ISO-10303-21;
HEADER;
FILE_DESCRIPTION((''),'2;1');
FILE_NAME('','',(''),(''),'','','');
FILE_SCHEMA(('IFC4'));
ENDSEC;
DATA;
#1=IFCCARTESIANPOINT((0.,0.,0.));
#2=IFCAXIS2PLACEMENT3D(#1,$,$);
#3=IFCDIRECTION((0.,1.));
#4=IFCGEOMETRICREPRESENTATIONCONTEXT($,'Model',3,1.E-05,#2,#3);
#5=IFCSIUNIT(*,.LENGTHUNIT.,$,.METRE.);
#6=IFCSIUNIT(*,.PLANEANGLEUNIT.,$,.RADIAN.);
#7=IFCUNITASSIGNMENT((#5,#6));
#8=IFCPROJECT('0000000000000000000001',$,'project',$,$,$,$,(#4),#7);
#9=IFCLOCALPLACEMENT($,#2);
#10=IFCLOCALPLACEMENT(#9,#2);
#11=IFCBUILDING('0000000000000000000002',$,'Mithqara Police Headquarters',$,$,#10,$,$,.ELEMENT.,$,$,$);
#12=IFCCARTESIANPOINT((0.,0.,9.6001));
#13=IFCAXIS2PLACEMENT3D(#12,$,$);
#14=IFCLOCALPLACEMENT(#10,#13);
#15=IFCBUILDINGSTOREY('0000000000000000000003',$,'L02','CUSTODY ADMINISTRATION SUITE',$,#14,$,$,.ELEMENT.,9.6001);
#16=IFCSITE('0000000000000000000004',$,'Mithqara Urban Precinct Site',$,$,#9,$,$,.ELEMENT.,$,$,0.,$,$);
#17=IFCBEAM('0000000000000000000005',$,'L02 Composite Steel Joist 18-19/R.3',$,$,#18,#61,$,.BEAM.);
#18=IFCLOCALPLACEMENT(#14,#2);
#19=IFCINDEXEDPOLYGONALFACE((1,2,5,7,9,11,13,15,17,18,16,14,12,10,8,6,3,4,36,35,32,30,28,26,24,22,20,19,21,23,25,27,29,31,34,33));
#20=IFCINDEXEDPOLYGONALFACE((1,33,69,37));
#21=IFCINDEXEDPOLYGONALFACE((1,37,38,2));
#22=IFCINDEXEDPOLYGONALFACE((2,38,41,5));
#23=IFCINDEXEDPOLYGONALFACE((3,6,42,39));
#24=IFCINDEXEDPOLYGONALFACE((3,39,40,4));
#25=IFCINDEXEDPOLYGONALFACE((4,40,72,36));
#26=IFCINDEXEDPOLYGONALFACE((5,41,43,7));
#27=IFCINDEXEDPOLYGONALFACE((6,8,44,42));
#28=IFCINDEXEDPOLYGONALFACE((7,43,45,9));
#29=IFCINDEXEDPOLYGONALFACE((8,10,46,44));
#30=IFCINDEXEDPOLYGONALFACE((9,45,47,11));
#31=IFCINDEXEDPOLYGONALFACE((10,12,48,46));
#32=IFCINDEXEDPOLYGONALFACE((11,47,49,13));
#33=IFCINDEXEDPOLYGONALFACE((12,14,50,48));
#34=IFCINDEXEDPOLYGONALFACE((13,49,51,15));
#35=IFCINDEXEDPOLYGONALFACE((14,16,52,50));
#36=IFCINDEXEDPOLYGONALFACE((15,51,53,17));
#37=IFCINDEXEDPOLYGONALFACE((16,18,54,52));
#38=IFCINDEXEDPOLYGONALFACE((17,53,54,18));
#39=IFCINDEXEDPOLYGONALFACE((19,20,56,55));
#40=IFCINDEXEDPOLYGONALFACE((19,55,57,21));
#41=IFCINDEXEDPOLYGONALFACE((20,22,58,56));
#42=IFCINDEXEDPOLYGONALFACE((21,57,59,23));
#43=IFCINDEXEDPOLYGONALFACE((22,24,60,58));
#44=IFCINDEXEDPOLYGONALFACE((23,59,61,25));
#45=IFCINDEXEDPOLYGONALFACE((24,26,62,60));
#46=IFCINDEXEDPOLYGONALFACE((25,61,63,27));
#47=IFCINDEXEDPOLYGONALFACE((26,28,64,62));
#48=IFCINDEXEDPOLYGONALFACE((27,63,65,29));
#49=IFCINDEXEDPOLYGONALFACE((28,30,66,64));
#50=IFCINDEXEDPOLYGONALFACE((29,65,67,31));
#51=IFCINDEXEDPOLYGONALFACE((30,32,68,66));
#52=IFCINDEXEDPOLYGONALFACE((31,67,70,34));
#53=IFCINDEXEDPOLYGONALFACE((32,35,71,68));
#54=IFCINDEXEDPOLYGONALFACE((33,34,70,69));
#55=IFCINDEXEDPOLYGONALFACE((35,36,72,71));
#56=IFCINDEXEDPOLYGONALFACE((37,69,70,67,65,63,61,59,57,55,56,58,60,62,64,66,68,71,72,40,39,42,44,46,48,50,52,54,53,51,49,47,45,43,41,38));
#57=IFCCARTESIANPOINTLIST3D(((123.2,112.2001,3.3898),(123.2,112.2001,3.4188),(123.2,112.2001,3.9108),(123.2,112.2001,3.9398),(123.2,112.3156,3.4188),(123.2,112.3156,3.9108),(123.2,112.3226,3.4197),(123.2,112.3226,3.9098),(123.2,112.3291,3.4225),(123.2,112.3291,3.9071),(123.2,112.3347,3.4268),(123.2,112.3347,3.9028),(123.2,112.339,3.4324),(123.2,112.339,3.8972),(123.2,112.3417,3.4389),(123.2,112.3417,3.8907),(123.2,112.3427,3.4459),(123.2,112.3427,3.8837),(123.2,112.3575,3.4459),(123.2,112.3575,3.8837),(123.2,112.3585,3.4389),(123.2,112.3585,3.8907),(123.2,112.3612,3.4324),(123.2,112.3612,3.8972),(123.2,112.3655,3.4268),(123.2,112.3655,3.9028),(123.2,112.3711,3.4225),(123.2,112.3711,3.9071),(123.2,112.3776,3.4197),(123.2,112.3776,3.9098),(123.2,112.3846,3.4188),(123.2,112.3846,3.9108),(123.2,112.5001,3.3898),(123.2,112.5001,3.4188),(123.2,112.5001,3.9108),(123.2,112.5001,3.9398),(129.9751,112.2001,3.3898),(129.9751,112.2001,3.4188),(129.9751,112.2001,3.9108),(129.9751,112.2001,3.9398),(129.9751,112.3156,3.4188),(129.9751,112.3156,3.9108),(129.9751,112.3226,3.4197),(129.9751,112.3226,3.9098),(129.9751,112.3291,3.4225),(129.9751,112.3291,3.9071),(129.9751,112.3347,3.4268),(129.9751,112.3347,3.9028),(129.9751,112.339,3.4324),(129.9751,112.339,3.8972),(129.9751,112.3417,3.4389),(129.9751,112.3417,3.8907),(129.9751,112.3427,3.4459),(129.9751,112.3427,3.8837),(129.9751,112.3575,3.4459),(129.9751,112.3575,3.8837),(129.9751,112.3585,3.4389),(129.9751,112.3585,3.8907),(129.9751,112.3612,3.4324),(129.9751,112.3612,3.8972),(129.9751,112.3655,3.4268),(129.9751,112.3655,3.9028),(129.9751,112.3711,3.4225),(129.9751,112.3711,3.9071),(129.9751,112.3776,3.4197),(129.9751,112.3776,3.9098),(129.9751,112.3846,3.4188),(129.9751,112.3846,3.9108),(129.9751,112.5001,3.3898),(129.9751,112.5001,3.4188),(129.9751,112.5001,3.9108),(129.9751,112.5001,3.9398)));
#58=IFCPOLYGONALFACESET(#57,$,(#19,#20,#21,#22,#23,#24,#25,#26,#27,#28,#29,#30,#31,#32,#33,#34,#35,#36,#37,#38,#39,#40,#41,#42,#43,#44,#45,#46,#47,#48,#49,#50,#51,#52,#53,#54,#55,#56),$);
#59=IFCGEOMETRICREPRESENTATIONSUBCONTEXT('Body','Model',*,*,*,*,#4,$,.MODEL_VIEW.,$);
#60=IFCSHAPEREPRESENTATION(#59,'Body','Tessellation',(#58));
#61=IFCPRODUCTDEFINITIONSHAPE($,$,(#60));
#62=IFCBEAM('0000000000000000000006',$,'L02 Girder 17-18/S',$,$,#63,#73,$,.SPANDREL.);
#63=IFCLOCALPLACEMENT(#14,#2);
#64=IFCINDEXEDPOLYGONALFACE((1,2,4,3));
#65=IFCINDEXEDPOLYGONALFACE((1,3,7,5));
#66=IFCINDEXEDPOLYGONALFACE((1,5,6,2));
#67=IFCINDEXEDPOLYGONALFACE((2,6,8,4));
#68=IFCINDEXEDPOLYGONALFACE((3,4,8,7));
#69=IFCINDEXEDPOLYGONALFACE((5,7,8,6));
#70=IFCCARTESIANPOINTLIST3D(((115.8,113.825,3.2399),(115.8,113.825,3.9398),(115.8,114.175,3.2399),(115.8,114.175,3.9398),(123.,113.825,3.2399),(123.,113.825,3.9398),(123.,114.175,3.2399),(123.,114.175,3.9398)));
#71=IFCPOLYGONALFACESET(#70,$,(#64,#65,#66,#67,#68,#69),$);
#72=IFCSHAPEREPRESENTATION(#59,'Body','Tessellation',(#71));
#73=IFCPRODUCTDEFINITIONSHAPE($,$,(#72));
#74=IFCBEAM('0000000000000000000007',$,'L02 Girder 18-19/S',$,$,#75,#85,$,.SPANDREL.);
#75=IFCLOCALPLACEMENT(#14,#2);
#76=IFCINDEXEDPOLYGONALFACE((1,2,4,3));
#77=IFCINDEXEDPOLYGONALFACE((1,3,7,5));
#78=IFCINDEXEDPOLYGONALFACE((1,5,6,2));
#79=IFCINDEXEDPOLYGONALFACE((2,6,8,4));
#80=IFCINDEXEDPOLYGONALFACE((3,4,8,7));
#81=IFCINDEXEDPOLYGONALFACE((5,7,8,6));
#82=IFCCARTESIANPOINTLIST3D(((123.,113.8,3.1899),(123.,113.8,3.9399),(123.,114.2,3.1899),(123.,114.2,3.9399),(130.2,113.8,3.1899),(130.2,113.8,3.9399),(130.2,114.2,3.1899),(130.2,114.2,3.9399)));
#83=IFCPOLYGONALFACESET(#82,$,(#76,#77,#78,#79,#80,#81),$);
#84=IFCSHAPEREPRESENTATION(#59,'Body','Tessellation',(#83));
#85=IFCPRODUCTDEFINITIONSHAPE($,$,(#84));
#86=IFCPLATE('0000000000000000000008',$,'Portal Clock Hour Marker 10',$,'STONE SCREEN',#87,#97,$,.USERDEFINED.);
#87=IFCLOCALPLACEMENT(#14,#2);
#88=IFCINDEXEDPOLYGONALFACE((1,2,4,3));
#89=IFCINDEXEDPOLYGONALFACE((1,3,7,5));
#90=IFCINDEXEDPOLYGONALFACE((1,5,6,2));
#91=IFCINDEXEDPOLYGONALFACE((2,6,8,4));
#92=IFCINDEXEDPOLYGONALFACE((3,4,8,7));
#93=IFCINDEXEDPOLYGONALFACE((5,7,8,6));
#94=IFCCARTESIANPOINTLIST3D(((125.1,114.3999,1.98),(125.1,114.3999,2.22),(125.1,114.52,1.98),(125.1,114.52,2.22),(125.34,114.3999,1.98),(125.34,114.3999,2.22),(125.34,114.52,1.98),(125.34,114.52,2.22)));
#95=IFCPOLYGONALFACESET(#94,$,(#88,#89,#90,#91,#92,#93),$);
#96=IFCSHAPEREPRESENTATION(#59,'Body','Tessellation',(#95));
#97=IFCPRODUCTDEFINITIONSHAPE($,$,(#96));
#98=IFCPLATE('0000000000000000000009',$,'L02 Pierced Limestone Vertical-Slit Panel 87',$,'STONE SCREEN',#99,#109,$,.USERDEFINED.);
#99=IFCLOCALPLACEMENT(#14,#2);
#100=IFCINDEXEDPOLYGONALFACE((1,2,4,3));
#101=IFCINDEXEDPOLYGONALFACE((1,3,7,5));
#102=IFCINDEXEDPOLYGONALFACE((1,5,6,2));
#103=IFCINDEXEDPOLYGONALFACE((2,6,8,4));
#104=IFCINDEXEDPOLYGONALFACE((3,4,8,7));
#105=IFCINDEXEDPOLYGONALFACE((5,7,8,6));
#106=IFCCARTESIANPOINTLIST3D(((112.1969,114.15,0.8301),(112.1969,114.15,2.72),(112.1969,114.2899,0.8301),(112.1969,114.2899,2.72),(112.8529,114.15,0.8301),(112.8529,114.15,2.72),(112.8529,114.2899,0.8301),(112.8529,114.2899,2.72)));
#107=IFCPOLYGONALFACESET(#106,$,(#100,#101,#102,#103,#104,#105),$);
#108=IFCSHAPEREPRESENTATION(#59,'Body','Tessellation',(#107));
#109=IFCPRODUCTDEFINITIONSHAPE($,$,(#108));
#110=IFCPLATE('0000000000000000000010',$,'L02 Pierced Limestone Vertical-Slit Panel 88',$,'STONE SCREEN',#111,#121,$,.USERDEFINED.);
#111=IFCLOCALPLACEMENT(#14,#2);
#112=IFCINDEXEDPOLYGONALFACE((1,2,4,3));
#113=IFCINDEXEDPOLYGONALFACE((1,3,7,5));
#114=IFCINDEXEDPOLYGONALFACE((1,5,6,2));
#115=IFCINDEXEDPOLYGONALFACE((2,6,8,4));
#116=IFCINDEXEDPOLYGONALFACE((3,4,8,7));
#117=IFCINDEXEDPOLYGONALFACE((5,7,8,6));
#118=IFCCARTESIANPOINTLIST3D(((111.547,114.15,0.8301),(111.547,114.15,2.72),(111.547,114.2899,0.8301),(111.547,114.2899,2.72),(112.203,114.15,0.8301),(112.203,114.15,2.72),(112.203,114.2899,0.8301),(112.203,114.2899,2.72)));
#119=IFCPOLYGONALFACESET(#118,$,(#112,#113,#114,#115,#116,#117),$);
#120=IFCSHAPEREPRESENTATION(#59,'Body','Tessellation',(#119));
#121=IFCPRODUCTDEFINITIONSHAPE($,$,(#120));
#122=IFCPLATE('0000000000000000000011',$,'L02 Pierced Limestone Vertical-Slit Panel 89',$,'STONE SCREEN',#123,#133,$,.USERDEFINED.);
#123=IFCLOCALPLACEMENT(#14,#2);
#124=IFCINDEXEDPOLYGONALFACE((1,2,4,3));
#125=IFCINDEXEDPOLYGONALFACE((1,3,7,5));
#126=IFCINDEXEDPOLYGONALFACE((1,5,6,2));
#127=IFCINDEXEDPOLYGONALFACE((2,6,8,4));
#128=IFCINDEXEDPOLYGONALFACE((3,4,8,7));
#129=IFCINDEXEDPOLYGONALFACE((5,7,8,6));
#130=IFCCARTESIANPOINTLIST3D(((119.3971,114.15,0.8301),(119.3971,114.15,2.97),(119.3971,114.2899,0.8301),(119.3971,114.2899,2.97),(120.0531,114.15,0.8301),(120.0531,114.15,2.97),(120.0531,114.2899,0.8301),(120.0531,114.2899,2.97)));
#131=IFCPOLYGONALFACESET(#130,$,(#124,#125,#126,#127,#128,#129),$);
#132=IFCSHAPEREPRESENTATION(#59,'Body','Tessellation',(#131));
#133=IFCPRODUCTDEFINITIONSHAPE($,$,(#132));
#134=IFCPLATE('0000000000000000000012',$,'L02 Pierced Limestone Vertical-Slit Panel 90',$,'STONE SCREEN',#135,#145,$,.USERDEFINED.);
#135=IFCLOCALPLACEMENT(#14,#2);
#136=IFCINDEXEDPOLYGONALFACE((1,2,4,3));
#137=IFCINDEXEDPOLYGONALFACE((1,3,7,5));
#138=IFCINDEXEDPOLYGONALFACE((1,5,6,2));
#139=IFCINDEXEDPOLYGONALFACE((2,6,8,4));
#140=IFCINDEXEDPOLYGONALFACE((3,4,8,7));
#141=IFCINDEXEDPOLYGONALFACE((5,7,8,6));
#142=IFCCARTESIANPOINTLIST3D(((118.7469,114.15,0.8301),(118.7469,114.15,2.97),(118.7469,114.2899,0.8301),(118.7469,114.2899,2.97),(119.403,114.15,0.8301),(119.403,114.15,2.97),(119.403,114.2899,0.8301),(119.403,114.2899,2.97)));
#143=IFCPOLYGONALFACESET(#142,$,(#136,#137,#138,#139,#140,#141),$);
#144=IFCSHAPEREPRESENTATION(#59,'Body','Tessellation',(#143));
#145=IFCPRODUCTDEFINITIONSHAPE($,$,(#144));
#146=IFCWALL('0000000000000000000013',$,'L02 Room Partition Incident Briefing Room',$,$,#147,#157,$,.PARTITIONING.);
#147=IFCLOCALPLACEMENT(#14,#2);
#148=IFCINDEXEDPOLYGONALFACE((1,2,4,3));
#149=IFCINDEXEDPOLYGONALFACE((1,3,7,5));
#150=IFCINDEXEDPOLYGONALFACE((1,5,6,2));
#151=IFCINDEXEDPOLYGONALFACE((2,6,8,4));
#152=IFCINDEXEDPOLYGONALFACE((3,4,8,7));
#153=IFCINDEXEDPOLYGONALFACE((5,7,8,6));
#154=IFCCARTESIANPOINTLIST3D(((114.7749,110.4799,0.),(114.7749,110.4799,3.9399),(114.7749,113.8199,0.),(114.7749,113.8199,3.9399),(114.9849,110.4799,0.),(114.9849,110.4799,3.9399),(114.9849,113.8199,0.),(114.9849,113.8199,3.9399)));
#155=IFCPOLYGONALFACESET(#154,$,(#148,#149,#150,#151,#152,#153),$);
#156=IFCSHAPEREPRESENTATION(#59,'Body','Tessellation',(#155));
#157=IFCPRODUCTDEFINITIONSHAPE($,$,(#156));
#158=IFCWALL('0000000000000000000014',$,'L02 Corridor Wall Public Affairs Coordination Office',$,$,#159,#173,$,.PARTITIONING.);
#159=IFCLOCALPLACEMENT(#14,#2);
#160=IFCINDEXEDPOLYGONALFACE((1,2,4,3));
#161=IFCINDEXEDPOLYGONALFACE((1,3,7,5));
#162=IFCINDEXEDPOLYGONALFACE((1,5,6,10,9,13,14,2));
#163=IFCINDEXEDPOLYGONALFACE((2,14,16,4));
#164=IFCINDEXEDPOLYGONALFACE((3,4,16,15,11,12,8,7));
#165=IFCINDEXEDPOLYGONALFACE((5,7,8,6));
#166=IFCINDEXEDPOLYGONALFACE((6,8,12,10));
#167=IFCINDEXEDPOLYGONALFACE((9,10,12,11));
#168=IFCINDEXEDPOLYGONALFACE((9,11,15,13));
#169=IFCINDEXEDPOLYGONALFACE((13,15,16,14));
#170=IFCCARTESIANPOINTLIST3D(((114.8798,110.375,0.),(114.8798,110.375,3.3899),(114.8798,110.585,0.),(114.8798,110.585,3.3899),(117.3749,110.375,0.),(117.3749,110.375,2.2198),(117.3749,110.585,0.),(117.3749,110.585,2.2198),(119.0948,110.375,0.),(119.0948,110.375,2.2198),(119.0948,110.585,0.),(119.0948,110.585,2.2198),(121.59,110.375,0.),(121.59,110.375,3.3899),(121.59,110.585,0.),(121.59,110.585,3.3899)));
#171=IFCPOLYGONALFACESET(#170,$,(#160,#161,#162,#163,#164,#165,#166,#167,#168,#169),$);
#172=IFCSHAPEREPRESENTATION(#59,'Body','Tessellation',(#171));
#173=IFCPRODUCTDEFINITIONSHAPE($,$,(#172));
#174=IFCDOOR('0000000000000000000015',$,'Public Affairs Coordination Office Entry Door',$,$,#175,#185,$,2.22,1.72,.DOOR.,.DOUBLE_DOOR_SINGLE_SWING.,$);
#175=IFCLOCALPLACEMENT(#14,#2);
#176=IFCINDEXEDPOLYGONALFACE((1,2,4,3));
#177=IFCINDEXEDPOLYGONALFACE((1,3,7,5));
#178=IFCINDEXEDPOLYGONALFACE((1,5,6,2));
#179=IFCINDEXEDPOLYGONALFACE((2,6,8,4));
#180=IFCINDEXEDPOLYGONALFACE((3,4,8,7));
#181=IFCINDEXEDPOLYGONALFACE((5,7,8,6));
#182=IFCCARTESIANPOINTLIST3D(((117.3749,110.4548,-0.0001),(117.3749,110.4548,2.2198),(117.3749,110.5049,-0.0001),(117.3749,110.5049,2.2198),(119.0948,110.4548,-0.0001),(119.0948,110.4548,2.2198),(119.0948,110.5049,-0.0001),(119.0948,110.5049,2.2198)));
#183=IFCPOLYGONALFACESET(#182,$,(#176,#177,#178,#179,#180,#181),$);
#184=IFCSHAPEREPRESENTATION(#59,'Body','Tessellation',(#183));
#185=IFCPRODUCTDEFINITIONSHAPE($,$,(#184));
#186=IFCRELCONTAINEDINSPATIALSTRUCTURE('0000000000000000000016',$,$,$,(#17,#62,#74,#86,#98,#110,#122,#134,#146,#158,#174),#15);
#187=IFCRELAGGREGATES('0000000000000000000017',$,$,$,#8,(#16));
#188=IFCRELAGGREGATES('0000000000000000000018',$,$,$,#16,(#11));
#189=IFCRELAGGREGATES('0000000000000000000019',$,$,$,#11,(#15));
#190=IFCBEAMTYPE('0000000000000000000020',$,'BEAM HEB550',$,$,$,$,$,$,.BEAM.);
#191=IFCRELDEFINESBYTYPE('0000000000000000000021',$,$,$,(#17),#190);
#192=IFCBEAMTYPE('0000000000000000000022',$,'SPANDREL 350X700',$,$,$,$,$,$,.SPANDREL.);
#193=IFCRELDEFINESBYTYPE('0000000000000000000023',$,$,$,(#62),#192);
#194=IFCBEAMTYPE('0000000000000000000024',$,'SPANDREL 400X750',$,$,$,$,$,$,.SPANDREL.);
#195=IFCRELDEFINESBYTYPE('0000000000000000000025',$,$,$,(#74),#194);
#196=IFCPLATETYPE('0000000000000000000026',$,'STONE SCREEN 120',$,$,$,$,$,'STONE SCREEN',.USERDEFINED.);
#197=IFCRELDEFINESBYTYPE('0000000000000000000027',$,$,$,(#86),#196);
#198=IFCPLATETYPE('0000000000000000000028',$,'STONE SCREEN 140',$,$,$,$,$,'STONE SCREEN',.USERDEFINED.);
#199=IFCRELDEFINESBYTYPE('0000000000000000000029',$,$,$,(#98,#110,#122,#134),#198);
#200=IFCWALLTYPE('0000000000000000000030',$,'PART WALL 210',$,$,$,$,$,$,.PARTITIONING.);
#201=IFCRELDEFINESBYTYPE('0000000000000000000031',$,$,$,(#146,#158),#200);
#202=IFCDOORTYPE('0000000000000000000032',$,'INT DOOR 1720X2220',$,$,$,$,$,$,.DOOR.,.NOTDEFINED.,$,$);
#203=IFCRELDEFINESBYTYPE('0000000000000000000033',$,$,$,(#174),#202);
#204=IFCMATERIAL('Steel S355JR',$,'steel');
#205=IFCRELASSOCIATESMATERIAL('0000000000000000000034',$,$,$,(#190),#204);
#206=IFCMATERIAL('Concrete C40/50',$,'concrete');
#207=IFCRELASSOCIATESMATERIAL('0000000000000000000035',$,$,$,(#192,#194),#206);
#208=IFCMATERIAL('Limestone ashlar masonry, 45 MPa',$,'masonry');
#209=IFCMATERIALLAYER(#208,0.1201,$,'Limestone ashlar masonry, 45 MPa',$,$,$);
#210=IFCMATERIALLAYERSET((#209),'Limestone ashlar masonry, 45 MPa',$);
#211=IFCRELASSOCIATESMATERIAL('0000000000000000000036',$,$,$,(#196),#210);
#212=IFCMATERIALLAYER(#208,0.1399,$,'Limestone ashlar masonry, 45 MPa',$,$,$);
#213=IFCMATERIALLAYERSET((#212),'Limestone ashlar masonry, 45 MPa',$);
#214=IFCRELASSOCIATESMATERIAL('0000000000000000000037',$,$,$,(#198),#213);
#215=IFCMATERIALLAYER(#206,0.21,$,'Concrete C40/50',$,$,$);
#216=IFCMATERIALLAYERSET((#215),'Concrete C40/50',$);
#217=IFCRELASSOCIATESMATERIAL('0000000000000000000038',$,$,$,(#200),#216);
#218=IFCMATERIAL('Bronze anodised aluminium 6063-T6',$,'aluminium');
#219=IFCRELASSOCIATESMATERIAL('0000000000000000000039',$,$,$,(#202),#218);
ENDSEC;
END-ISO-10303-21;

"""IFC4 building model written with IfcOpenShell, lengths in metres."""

from ifc_helpers import new_model, si_unit, direction, frame, frame_2d, origin, origin_2d, place, context, subcontext, project, spatial, rectangle, i_section, extrude, material, layer, layer_set, material_profile, profile_set, type_object, element, fill, save


model = new_model("IFC4")

# Units and contexts
model_context = context("Model", 3, precision=1e-05, world=origin(), true_north=direction((0.0, 1.0)))
body_context = subcontext(model_context, "Body", "Model", "MODEL_VIEW")
ifc_project = project(units=[si_unit("LENGTHUNIT", "METRE"), si_unit("PLANEANGLEUNIT", "RADIAN")], contexts=[model_context])

# Site, building, storey
site_placement = place(None, origin())
site = spatial("IfcSite", under=ifc_project, at=site_placement, Name="Mithqara Urban Precinct Site", CompositionType="ELEMENT", RefElevation=0.0)
building_placement = place(site_placement, origin())
building = spatial("IfcBuilding", under=site, at=building_placement, Name="Mithqara Police Headquarters", CompositionType="ELEMENT")
storey_placement = place(building_placement, frame((0.0, 0.0, 9.6001)))
storey = spatial("IfcBuildingStorey", under=building, at=storey_placement, Name="L02", Description="CUSTODY ADMINISTRATION SUITE", CompositionType="ELEMENT", Elevation=9.6001)

# Beams
ifc_material_1 = material(Name="Steel S355JR", Category="steel")
ifc_material_profile_1 = material_profile(ifc_material_1, i_section(OverallWidth=0.3, OverallDepth=0.55, WebThickness=0.0149, FlangeThickness=0.0291, FilletRadius=0.0271, at=origin_2d()), Name="HEB 550")
ifc_profile_set_1 = profile_set([ifc_material_profile_1], Name="Steel S355JR")
beam_type_1 = type_object("IfcBeamType", Name="BEAM HEB550", PredefinedType="BEAM", material=ifc_profile_set_1)
for number, where, z_axis, x_axis, name in (
    (1, (123.2, 112.3501, 3.6648), (1.0, 0.0, 0.0), (0.0, 1.0, 0.0), "L02 Composite Steel Joist 18-19/R.3"),
):
    element("IfcBeam", number, at=place(storey_placement, frame(where, z_axis=z_axis, x_axis=x_axis)), inside=storey, type_object=beam_type_1, Name=name, PredefinedType="BEAM", context=body_context, shape_type="SweptSolid", body=[
        extrude(i_section(OverallWidth=0.3, OverallDepth=0.55, WebThickness=0.0149, FlangeThickness=0.0291, FilletRadius=0.0271, at=origin_2d()), origin(), (0.0, 0.0, 1.0), 6.7751),
    ])
ifc_material_2 = material(Name="Concrete C40/50", Category="concrete")
ifc_material_profile_2 = material_profile(ifc_material_2, rectangle(XDim=0.3501, YDim=0.7, at=origin_2d()), Name="SPB 350x700")
ifc_profile_set_2 = profile_set([ifc_material_profile_2], Name="Concrete C40/50")
beam_type_2 = type_object("IfcBeamType", Name="SPANDREL 350X700", PredefinedType="SPANDREL", material=ifc_profile_set_2)
beam_1_placement = place(storey_placement, frame((115.8, 114.0, 3.5898), z_axis=(1.0, 0.0, 0.0), x_axis=(0.0, 1.0, 0.0)))
element("IfcBeam", 2, at=beam_1_placement, inside=storey, type_object=beam_type_2, Name="L02 Girder 17-18/S", PredefinedType="SPANDREL", context=body_context, shape_type="SweptSolid", body=[
    extrude(rectangle(XDim=0.3501, YDim=0.7, at=origin_2d()), origin(), (0.0, 0.0, 1.0), 7.2),
])
ifc_material_profile_3 = material_profile(ifc_material_2, rectangle(XDim=0.3999, YDim=0.75, at=origin_2d()), Name="SPB 400x750")
ifc_profile_set_3 = profile_set([ifc_material_profile_3], Name="Concrete C40/50")
beam_type_3 = type_object("IfcBeamType", Name="SPANDREL 400X750", PredefinedType="SPANDREL", material=ifc_profile_set_3)
beam_2_placement = place(storey_placement, frame((123.0, 114.0, 3.5649), z_axis=(1.0, 0.0, 0.0), x_axis=(0.0, 1.0, 0.0)))
element("IfcBeam", 3, at=beam_2_placement, inside=storey, type_object=beam_type_3, Name="L02 Girder 18-19/S", PredefinedType="SPANDREL", context=body_context, shape_type="SweptSolid", body=[
    extrude(rectangle(XDim=0.3999, YDim=0.75, at=origin_2d()), origin(), (0.0, 0.0, 1.0), 7.2),
])

# Plates
ifc_material_3 = material(Name="Limestone ashlar masonry, 45 MPa", Category="masonry")
ifc_layer_1 = layer(ifc_material_3, 0.1201, Name="Limestone ashlar masonry, 45 MPa")
ifc_layer_set_1 = layer_set([ifc_layer_1], Name="Limestone ashlar masonry, 45 MPa")
plate_type_1 = type_object("IfcPlateType", Name="STONE SCREEN 120", ElementType="STONE SCREEN", PredefinedType="USERDEFINED", material=ifc_layer_set_1)
plate_placement = place(storey_placement, frame((125.22, 114.46, 1.98), z_axis=(0.0, 0.0, 1.0), x_axis=(1.0, 0.0, 0.0)))
element("IfcPlate", 4, at=plate_placement, inside=storey, type_object=plate_type_1, Name="Portal Clock Hour Marker 10", ObjectType="STONE SCREEN", PredefinedType="USERDEFINED", context=body_context, shape_type="SweptSolid", body=[
    extrude(rectangle(XDim=0.24, YDim=0.1201, at=origin_2d()), origin(), (0.0, 0.0, 1.0), 0.24),
])
ifc_layer_2 = layer(ifc_material_3, 0.1399, Name="Limestone ashlar masonry, 45 MPa")
ifc_layer_set_2 = layer_set([ifc_layer_2], Name="Limestone ashlar masonry, 45 MPa")
plate_type_2 = type_object("IfcPlateType", Name="STONE SCREEN 140", ElementType="STONE SCREEN", PredefinedType="USERDEFINED", material=ifc_layer_set_2)
for number, where, z_axis, x_axis, name in (
    (5, (112.5249, 114.22, 0.8301), (0.0, 0.0, 1.0), (1.0, 0.0, 0.0), "L02 Pierced Limestone Vertical-Slit Panel 87"),
    (6, (111.875, 114.22, 0.8301), (0.0, 0.0, 1.0), (1.0, 0.0, 0.0), "L02 Pierced Limestone Vertical-Slit Panel 88"),
):
    element("IfcPlate", number, at=place(storey_placement, frame(where, z_axis=z_axis, x_axis=x_axis)), inside=storey, type_object=plate_type_2, Name=name, ObjectType="STONE SCREEN", PredefinedType="USERDEFINED", context=body_context, shape_type="SweptSolid", body=[
        extrude(rectangle(XDim=0.656, YDim=0.1399, at=origin_2d()), origin(), (0.0, 0.0, 1.0), 1.8899),
    ])
for number, where, z_axis, x_axis, name in (
    (7, (119.7251, 114.22, 0.8301), (0.0, 0.0, 1.0), (1.0, 0.0, 0.0), "L02 Pierced Limestone Vertical-Slit Panel 89"),
    (8, (119.075, 114.22, 0.8301), (0.0, 0.0, 1.0), (1.0, 0.0, 0.0), "L02 Pierced Limestone Vertical-Slit Panel 90"),
):
    element("IfcPlate", number, at=place(storey_placement, frame(where, z_axis=z_axis, x_axis=x_axis)), inside=storey, type_object=plate_type_2, Name=name, ObjectType="STONE SCREEN", PredefinedType="USERDEFINED", context=body_context, shape_type="SweptSolid", body=[
        extrude(rectangle(XDim=0.656, YDim=0.1399, at=origin_2d()), origin(), (0.0, 0.0, 1.0), 2.1399),
    ])

# Wall
ifc_layer_3 = layer(ifc_material_2, 0.21, Name="Concrete C40/50")
ifc_layer_set_3 = layer_set([ifc_layer_3], Name="Concrete C40/50")
wall_type = type_object("IfcWallType", Name="PART WALL 210", PredefinedType="PARTITIONING", material=ifc_layer_set_3)
wall_1_placement = place(storey_placement, frame((114.8799, 110.48, 0.0), z_axis=(0.0, 0.0, 1.0), x_axis=(0.0, 1.0, 0.0)))
element("IfcWall", 9, at=wall_1_placement, inside=storey, type_object=wall_type, Name="L02 Room Partition Incident Briefing Room", PredefinedType="PARTITIONING", context=body_context, shape_type="SweptSolid", body=[
    extrude(rectangle(XDim=3.3401, YDim=0.21, at=frame_2d((1.6699, 0.0))), origin(), (0.0, 0.0, 1.0), 3.9399),
])

# Wall, opening, door
wall_2_placement = place(storey_placement, frame((114.8799, 110.48, 0.0), z_axis=(0.0, 0.0, 1.0), x_axis=(1.0, 0.0, 0.0)))
wall_2 = element("IfcWall", 10, at=wall_2_placement, inside=storey, type_object=wall_type, Name="L02 Corridor Wall Public Affairs Coordination Office", PredefinedType="PARTITIONING", context=body_context, shape_type="SweptSolid", body=[
    extrude(rectangle(XDim=6.7102, YDim=0.21, at=frame_2d((3.355, 0.0))), origin(), (0.0, 0.0, 1.0), 3.3899),
])
opening_1_placement = place(wall_2_placement, frame((2.4951, 0.0, 0.0)))
opening_1 = element("IfcOpeningElement", 11, at=opening_1_placement, cuts=wall_2, PredefinedType="OPENING", context=body_context, shape_type="SweptSolid", body=[
    extrude(rectangle(XDim=1.72, YDim=2.22, at=frame_2d((0.8599, 1.1099))), frame((0.0, 0.115, 0.0), z_axis=(0.0, -1.0, 0.0), x_axis=(1.0, 0.0, 0.0)), (0.0, 0.0, 1.0), 0.23),
])
ifc_material_4 = material(Name="Bronze anodised aluminium 6063-T6", Category="aluminium")
door_type_1 = type_object("IfcDoorType", Name="INT DOOR 1720X2220", OperationType="NOTDEFINED", PredefinedType="DOOR", material=ifc_material_4)
door_1_placement = place(opening_1_placement, origin())
door_1 = element("IfcDoor", 12, at=door_1_placement, inside=storey, type_object=door_type_1, Name="Public Affairs Coordination Office Entry Door", OperationType="DOUBLE_DOOR_SINGLE_SWING", OverallHeight=2.22, OverallWidth=1.72, PredefinedType="DOOR", context=body_context, shape_type="SweptSolid", body=[
    extrude(rectangle(XDim=1.72, YDim=2.22, at=frame_2d((0.8599, 1.1099))), frame((0.0, 0.0249, 0.0), z_axis=(0.0, -1.0, 0.0), x_axis=(1.0, 0.0, 0.0)), (0.0, 0.0, 1.0), 0.05),
])
fill(opening_1, door_1)

save(model, "model.ifc")
